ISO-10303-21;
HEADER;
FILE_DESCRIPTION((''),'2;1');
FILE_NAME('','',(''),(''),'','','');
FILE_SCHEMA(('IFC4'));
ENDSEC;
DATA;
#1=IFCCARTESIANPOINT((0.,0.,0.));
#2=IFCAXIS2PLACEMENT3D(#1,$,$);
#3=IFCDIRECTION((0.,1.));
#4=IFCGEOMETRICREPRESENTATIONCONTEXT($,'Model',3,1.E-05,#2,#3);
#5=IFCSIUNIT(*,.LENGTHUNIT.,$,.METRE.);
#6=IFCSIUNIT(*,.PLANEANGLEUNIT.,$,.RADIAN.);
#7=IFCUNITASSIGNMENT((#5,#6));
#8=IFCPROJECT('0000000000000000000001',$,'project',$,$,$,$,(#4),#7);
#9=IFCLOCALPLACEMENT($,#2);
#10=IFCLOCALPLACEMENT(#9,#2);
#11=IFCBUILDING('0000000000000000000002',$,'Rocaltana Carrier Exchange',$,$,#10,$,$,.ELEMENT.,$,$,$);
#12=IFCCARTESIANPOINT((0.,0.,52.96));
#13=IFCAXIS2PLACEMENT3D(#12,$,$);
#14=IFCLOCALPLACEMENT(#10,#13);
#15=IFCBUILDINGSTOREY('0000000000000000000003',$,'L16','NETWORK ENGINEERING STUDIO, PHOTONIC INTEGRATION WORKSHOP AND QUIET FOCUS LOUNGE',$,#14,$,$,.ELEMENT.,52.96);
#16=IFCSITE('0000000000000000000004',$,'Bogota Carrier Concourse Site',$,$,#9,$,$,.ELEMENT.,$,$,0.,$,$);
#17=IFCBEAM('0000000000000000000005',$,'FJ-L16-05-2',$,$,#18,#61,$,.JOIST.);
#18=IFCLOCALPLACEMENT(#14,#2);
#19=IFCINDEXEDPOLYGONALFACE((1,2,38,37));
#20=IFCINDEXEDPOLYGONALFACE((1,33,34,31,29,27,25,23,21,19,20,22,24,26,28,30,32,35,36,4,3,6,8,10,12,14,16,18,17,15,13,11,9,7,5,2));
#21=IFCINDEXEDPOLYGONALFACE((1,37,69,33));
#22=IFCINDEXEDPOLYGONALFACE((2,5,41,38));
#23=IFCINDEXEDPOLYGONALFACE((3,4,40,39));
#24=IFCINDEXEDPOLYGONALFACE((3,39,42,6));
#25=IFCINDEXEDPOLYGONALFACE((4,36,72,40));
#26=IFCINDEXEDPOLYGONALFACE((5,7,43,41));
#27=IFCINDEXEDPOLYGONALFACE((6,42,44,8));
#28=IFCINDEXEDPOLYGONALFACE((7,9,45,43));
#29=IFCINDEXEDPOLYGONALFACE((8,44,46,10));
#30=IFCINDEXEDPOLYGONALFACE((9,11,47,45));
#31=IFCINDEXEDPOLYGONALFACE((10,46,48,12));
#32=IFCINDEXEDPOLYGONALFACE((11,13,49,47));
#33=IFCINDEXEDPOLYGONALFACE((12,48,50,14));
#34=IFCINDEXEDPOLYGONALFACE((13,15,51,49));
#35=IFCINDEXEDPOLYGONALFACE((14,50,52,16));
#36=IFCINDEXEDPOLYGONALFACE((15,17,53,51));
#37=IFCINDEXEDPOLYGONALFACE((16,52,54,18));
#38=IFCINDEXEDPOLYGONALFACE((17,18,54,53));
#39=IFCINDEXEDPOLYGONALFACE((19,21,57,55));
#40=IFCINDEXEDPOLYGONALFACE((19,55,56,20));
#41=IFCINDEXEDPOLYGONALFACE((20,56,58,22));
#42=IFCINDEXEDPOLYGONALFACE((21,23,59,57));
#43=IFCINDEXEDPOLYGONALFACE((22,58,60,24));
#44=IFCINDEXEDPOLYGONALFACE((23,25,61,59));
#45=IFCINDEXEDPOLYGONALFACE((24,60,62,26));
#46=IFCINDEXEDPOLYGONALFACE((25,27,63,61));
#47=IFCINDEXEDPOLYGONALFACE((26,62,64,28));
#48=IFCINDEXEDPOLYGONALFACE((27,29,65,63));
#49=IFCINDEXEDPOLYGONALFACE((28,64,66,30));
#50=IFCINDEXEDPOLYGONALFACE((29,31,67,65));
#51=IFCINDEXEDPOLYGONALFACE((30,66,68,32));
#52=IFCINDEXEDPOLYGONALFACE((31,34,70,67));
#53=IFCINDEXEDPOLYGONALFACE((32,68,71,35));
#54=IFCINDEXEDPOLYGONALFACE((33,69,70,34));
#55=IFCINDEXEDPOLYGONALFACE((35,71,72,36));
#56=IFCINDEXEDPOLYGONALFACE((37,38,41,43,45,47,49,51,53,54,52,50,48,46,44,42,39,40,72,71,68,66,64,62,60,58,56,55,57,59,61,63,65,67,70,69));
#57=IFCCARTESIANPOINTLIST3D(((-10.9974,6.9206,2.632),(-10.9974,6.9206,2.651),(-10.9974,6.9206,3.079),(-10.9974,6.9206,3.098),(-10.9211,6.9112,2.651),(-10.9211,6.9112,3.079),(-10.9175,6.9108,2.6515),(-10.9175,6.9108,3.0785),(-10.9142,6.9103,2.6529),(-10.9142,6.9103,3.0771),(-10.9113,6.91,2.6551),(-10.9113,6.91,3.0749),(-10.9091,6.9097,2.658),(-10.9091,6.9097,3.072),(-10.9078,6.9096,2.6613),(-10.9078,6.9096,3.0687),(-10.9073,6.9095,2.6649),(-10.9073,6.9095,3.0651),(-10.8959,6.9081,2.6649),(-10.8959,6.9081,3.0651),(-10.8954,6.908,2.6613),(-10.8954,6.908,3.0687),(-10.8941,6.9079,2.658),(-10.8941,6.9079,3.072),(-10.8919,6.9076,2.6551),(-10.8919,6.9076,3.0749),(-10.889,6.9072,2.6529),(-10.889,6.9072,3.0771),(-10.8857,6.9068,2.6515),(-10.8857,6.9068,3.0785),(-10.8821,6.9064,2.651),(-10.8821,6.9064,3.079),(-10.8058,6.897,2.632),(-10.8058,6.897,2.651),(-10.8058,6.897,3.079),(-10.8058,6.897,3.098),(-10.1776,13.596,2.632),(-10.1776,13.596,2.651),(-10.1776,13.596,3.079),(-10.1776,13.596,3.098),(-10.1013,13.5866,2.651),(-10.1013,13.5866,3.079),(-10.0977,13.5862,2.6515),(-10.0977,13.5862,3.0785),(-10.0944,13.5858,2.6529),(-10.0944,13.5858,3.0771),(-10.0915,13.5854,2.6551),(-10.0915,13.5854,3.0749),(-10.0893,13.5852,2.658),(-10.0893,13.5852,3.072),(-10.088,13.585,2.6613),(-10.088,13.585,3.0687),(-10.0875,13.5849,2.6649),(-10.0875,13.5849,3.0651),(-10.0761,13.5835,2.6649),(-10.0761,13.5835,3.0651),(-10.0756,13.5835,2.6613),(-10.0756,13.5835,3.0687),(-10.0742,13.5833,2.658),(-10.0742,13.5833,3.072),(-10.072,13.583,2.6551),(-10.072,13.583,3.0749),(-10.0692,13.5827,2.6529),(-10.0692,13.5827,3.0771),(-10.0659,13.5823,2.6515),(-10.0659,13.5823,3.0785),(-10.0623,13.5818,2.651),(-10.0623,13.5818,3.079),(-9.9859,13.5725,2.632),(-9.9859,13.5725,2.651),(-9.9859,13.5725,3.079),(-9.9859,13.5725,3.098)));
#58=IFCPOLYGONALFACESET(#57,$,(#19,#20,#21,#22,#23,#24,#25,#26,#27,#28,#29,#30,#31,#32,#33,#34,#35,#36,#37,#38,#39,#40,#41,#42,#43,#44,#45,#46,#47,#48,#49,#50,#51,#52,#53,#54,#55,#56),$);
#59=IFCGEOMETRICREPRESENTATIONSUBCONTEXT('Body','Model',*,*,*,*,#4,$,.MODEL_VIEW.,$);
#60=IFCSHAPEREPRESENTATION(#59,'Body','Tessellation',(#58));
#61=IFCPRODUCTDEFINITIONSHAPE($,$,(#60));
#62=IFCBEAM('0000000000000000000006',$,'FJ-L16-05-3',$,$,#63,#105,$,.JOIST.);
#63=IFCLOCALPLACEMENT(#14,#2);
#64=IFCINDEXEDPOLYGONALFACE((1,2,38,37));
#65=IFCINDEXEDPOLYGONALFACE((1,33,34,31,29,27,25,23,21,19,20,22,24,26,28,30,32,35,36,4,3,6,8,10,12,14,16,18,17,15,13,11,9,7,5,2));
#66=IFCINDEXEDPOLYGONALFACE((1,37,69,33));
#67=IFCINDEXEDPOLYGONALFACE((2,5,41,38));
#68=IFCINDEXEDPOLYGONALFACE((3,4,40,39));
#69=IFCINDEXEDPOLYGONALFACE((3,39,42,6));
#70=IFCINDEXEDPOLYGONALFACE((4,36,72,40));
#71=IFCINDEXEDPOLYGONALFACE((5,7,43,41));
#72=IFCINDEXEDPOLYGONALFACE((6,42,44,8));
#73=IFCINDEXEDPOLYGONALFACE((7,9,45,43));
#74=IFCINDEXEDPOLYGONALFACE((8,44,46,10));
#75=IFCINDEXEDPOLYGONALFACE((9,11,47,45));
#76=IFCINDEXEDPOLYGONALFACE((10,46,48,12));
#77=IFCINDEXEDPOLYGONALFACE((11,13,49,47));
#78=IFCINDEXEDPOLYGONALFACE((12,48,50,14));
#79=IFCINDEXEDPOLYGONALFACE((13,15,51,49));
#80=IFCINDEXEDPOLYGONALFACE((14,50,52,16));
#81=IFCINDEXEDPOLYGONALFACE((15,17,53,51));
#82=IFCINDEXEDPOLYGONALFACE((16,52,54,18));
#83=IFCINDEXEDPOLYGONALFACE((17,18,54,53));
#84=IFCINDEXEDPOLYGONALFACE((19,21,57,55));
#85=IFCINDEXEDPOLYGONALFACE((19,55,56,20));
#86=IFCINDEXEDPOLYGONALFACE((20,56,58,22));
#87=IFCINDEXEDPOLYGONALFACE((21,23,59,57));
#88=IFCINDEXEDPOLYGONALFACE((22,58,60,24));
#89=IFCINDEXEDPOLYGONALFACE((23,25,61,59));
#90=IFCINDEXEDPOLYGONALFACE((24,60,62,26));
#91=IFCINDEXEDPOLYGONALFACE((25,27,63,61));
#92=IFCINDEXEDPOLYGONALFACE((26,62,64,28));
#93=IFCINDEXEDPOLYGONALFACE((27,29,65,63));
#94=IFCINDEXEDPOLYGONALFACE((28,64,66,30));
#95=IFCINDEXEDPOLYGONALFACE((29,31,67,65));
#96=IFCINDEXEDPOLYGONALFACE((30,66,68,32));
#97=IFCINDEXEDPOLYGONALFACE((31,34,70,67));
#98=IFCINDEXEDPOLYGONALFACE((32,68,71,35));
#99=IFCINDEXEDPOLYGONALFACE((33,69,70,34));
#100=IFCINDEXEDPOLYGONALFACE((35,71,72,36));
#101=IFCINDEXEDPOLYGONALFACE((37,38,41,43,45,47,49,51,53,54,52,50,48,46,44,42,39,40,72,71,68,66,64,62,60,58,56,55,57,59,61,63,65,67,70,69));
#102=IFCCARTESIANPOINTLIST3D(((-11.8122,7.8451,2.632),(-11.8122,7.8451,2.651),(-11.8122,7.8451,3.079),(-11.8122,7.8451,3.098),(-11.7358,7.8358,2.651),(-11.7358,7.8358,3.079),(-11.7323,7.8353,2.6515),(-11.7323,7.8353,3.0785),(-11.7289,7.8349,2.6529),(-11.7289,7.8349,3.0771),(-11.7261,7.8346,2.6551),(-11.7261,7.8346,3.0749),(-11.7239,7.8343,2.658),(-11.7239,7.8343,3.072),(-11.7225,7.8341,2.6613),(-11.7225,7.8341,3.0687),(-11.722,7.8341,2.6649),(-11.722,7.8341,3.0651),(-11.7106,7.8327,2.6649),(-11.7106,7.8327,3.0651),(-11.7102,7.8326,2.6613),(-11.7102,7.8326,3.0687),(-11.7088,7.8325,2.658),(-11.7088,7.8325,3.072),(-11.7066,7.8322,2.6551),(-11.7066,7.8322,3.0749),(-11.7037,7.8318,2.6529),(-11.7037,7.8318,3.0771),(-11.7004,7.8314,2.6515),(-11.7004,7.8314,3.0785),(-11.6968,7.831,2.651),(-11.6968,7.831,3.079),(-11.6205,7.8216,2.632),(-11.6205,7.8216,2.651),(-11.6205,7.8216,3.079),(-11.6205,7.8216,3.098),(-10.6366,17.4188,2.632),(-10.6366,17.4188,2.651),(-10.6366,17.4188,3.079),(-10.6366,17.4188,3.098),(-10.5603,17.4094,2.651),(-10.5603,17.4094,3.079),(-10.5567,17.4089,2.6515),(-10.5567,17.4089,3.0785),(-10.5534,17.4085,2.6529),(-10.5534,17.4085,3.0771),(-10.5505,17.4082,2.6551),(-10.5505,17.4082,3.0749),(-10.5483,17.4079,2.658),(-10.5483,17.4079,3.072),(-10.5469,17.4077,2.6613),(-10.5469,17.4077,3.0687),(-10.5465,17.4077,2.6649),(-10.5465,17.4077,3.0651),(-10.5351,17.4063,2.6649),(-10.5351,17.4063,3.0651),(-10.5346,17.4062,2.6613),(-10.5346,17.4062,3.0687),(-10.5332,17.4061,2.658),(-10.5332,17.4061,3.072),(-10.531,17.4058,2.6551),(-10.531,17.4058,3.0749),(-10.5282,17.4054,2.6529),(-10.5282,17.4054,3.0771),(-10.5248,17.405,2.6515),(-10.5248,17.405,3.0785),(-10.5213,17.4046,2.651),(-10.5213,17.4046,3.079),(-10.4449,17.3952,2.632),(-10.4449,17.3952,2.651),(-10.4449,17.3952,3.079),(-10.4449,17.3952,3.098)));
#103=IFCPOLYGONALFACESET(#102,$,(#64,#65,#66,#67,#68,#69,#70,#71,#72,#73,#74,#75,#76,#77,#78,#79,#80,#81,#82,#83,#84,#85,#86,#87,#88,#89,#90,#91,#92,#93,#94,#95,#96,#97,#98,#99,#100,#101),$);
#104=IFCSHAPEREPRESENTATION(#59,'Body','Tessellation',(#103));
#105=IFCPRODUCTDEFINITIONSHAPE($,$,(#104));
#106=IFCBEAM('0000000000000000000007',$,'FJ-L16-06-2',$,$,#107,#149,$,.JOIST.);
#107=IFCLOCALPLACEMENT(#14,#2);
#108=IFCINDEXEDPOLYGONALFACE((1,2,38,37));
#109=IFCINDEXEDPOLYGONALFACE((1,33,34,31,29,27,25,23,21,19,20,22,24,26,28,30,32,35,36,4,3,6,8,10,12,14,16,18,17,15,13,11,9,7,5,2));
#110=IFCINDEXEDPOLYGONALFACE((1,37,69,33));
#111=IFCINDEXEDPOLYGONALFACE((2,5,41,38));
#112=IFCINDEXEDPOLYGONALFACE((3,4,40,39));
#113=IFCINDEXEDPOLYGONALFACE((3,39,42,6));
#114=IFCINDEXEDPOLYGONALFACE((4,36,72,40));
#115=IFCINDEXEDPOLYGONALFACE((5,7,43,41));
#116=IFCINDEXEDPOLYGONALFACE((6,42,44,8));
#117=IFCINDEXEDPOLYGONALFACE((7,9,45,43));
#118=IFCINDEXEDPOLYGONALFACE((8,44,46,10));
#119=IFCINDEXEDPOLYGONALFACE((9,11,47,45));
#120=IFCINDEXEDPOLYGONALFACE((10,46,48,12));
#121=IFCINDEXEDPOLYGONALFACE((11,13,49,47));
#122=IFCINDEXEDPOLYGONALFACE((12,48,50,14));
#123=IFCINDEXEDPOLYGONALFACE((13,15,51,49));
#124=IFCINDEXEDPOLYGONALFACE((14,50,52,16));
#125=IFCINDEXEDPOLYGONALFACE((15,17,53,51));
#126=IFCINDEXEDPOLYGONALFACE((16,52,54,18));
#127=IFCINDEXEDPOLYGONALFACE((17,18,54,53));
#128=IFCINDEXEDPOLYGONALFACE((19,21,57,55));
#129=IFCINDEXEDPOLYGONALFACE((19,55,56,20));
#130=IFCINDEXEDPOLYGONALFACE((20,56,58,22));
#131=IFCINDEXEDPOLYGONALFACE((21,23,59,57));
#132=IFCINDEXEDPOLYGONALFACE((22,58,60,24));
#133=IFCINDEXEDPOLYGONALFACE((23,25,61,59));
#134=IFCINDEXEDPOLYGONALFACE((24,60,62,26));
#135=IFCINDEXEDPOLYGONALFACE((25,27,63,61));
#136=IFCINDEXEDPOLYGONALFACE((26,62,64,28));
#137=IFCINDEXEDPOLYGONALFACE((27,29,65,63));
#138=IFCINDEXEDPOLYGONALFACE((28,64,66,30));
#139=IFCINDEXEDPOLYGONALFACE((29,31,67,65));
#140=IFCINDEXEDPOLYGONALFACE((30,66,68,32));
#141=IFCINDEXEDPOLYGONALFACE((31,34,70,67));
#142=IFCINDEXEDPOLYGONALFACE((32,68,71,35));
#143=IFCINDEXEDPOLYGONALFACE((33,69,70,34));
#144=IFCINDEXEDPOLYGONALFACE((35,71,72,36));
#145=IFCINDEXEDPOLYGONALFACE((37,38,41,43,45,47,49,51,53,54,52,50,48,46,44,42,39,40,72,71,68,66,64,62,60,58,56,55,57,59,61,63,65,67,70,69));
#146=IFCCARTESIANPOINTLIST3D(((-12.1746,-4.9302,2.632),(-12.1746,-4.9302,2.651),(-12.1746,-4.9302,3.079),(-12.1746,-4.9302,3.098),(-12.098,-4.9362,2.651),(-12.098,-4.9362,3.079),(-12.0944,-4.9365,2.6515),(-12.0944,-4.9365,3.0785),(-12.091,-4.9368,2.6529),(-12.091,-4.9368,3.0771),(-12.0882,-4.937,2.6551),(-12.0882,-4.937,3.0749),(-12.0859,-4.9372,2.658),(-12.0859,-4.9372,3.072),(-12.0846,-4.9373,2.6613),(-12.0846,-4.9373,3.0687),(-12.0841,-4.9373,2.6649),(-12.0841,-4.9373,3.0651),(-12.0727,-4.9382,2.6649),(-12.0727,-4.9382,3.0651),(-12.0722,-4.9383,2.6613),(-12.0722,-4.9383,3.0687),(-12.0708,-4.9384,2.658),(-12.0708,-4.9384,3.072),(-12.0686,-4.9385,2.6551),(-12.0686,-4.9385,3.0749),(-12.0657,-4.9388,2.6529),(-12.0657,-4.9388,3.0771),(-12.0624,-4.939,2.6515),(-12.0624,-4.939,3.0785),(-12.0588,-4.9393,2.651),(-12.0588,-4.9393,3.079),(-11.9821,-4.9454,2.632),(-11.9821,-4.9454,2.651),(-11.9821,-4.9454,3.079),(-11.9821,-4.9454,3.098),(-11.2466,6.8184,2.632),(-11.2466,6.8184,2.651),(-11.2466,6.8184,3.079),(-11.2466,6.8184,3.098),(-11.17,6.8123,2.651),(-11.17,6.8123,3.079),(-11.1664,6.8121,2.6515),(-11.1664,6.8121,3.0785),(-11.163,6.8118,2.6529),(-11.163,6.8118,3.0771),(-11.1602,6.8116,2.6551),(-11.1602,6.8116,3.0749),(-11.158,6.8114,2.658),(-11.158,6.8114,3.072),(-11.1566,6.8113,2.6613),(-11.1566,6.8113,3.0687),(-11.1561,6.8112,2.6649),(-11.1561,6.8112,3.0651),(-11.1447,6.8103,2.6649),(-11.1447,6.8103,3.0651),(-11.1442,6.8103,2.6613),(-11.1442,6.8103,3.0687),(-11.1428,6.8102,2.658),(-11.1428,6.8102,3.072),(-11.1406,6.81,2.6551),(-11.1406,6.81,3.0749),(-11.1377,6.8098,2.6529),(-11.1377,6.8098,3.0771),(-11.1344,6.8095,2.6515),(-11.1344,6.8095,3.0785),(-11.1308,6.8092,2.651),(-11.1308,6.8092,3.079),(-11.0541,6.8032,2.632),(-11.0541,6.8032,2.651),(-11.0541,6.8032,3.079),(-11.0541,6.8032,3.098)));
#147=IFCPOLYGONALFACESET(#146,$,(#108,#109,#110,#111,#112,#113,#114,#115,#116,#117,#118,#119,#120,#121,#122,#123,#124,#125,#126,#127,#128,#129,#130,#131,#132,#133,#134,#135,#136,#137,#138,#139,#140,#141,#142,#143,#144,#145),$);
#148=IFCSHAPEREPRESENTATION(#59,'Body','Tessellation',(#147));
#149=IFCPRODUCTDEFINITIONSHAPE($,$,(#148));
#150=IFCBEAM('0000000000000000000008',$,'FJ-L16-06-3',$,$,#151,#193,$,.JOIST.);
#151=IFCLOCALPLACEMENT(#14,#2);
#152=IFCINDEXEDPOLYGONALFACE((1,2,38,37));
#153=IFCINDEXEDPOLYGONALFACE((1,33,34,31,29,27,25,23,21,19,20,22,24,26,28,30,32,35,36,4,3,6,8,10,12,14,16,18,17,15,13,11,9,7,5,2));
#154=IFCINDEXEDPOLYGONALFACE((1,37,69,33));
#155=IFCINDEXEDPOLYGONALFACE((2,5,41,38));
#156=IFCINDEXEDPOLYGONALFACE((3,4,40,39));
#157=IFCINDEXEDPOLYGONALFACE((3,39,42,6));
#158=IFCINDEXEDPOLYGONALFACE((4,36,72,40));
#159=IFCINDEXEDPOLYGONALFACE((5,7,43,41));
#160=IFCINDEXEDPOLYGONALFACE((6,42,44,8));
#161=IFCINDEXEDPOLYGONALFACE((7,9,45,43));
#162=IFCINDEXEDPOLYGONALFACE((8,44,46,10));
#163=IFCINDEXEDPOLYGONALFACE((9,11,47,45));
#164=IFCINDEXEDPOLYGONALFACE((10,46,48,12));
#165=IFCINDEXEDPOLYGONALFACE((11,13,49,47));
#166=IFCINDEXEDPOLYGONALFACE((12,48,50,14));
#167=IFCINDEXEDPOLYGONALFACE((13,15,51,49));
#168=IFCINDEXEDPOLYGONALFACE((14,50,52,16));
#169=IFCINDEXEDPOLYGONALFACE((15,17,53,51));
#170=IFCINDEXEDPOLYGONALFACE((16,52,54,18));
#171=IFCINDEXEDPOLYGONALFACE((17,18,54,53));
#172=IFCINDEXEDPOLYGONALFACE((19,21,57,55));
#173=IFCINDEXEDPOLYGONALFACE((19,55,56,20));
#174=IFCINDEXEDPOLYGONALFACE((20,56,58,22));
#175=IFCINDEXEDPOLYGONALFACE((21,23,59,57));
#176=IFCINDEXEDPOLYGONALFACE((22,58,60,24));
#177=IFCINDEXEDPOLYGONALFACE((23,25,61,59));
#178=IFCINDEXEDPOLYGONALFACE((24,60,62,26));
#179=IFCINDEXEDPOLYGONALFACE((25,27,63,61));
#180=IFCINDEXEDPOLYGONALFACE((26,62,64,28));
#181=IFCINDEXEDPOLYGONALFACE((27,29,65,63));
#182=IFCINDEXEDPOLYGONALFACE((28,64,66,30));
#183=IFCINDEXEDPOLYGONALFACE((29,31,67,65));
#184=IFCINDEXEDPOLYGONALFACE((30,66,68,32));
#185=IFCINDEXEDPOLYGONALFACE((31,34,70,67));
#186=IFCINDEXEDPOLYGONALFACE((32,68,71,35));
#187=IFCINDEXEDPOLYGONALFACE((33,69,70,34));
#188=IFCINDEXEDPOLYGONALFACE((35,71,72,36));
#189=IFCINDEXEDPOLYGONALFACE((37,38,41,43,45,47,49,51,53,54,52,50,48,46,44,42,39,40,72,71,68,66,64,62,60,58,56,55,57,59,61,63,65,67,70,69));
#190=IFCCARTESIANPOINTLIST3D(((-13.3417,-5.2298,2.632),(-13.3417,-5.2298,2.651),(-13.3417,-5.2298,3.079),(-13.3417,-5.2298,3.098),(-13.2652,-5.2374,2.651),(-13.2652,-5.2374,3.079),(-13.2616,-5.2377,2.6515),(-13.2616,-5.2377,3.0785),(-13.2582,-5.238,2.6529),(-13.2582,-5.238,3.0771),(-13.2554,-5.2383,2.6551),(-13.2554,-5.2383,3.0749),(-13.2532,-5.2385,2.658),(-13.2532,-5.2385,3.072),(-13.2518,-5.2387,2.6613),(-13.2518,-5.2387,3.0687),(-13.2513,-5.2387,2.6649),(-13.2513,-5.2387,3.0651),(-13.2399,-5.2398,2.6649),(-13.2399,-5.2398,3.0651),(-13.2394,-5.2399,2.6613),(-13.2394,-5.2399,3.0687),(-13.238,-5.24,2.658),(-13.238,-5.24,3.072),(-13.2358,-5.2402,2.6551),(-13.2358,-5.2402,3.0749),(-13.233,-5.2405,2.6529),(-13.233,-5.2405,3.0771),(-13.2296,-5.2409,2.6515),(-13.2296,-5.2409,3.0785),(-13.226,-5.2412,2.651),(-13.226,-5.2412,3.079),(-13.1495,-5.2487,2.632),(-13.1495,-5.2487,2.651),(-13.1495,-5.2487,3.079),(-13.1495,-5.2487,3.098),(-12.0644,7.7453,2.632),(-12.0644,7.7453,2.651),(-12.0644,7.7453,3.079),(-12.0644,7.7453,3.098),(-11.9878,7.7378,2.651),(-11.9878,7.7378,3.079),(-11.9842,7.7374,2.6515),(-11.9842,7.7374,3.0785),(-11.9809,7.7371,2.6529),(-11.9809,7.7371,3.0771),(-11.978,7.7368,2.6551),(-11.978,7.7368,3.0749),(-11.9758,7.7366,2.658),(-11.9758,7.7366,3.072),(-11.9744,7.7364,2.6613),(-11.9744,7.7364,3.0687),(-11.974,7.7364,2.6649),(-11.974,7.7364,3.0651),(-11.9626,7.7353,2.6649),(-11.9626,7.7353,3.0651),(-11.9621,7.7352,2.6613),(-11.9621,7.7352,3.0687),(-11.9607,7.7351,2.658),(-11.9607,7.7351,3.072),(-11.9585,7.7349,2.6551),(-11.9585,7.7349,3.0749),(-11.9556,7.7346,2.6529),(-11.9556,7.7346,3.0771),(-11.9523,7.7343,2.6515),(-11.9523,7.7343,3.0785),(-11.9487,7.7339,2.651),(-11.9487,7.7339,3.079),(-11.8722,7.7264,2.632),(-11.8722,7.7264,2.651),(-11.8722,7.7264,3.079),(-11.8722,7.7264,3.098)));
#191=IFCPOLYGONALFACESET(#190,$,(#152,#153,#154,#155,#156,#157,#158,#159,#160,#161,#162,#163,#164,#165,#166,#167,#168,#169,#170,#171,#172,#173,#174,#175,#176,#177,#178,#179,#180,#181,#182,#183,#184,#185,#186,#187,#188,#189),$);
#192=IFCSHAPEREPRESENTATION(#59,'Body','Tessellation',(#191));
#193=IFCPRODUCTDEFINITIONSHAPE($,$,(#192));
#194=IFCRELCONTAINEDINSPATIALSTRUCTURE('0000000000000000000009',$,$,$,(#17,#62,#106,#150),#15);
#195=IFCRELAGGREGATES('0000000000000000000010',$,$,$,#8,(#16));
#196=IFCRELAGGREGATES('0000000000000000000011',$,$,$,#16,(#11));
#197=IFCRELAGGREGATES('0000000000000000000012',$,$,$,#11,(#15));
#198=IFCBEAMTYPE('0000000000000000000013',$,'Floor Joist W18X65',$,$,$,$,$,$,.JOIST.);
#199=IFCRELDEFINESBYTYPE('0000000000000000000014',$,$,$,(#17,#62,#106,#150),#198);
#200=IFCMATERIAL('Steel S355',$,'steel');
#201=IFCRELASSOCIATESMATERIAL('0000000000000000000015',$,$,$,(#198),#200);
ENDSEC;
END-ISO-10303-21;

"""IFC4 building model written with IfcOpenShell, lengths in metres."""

from ifc_helpers import new_model, si_unit, direction, frame, origin, origin_2d, place, context, subcontext, project, spatial, i_section, extrude, material, material_profile, profile_set, type_object, element, save


model = new_model("IFC4")

# Units and contexts
model_context = context("Model", 3, precision=1e-05, world=origin(), true_north=direction((0.0, 1.0)))
body_context = subcontext(model_context, "Body", "Model", "MODEL_VIEW")
ifc_project = project(units=[si_unit("LENGTHUNIT", "METRE"), si_unit("PLANEANGLEUNIT", "RADIAN")], contexts=[model_context])

# Site, building, storey
site_placement = place(None, origin())
site = spatial("IfcSite", under=ifc_project, at=site_placement, Name="Bogota Carrier Concourse Site", CompositionType="ELEMENT", RefElevation=0.0)
building_placement = place(site_placement, origin())
building = spatial("IfcBuilding", under=site, at=building_placement, Name="Rocaltana Carrier Exchange", CompositionType="ELEMENT")
storey_placement = place(building_placement, frame((0.0, 0.0, 52.96)))
storey = spatial("IfcBuildingStorey", under=building, at=storey_placement, Name="L16", Description="NETWORK ENGINEERING STUDIO, PHOTONIC INTEGRATION WORKSHOP AND QUIET FOCUS LOUNGE", CompositionType="ELEMENT", Elevation=52.96)

# Beams
ifc_material_1 = material(Name="Steel S355", Category="steel")
ifc_material_profile_1 = material_profile(ifc_material_1, i_section(OverallWidth=0.1931, OverallDepth=0.4661, WebThickness=0.0115, FlangeThickness=0.019, FilletRadius=0.0139, at=origin_2d()), Name="W18X65")
ifc_profile_set_1 = profile_set([ifc_material_profile_1], Name="Steel S355")
beam_type_1 = type_object("IfcBeamType", Name="Floor Joist W18X65", PredefinedType="JOIST", material=ifc_profile_set_1)
beam_1_placement = place(storey_placement, frame((-10.0818, 13.5842, 2.865), z_axis=(-0.121894, -0.992543, 0.0), x_axis=(0.992543, -0.121894, 0.0)))
element("IfcBeam", 1, at=beam_1_placement, inside=storey, type_object=beam_type_1, Name="FJ-L16-05-2", PredefinedType="JOIST", context=body_context, shape_type="SweptSolid", body=[
    extrude(i_section(OverallWidth=0.1931, OverallDepth=0.4661, WebThickness=0.0115, FlangeThickness=0.019, FilletRadius=0.0139, at=origin_2d()), origin(), (0.0, 0.0, 1.0), 6.7256),
])
beam_2_placement = place(storey_placement, frame((-10.5408, 17.407, 2.865), z_axis=(-0.121876, -0.992545, 0.0), x_axis=(0.992545, -0.121876, 0.0)))
element("IfcBeam", 2, at=beam_2_placement, inside=storey, type_object=beam_type_1, Name="FJ-L16-05-3", PredefinedType="JOIST", context=body_context, shape_type="SweptSolid", body=[
    extrude(i_section(OverallWidth=0.1931, OverallDepth=0.4661, WebThickness=0.0115, FlangeThickness=0.019, FilletRadius=0.0139, at=origin_2d()), origin(), (0.0, 0.0, 1.0), 9.6455),
])
beam_3_placement = place(storey_placement, frame((-11.1504, 6.8108, 2.865), z_axis=(-0.078741, -0.996895, 0.0), x_axis=(0.996895, -0.078741, 0.0)))
element("IfcBeam", 3, at=beam_3_placement, inside=storey, type_object=beam_type_1, Name="FJ-L16-06-2", PredefinedType="JOIST", context=body_context, shape_type="SweptSolid", body=[
    extrude(i_section(OverallWidth=0.1931, OverallDepth=0.4661, WebThickness=0.0115, FlangeThickness=0.019, FilletRadius=0.0139, at=origin_2d()), origin(), (0.0, 0.0, 1.0), 11.7852),
])
beam_4_placement = place(storey_placement, frame((-11.9683, 7.7358, 2.865), z_axis=(-0.097972, -0.995189, 0.0), x_axis=(0.995189, -0.097972, 0.0)))
element("IfcBeam", 4, at=beam_4_placement, inside=storey, type_object=beam_type_1, Name="FJ-L16-06-3", PredefinedType="JOIST", context=body_context, shape_type="SweptSolid", body=[
    extrude(i_section(OverallWidth=0.1931, OverallDepth=0.4661, WebThickness=0.0115, FlangeThickness=0.019, FilletRadius=0.0139, at=origin_2d()), origin(), (0.0, 0.0, 1.0), 13.0378),
])

save(model, "model.ifc")
